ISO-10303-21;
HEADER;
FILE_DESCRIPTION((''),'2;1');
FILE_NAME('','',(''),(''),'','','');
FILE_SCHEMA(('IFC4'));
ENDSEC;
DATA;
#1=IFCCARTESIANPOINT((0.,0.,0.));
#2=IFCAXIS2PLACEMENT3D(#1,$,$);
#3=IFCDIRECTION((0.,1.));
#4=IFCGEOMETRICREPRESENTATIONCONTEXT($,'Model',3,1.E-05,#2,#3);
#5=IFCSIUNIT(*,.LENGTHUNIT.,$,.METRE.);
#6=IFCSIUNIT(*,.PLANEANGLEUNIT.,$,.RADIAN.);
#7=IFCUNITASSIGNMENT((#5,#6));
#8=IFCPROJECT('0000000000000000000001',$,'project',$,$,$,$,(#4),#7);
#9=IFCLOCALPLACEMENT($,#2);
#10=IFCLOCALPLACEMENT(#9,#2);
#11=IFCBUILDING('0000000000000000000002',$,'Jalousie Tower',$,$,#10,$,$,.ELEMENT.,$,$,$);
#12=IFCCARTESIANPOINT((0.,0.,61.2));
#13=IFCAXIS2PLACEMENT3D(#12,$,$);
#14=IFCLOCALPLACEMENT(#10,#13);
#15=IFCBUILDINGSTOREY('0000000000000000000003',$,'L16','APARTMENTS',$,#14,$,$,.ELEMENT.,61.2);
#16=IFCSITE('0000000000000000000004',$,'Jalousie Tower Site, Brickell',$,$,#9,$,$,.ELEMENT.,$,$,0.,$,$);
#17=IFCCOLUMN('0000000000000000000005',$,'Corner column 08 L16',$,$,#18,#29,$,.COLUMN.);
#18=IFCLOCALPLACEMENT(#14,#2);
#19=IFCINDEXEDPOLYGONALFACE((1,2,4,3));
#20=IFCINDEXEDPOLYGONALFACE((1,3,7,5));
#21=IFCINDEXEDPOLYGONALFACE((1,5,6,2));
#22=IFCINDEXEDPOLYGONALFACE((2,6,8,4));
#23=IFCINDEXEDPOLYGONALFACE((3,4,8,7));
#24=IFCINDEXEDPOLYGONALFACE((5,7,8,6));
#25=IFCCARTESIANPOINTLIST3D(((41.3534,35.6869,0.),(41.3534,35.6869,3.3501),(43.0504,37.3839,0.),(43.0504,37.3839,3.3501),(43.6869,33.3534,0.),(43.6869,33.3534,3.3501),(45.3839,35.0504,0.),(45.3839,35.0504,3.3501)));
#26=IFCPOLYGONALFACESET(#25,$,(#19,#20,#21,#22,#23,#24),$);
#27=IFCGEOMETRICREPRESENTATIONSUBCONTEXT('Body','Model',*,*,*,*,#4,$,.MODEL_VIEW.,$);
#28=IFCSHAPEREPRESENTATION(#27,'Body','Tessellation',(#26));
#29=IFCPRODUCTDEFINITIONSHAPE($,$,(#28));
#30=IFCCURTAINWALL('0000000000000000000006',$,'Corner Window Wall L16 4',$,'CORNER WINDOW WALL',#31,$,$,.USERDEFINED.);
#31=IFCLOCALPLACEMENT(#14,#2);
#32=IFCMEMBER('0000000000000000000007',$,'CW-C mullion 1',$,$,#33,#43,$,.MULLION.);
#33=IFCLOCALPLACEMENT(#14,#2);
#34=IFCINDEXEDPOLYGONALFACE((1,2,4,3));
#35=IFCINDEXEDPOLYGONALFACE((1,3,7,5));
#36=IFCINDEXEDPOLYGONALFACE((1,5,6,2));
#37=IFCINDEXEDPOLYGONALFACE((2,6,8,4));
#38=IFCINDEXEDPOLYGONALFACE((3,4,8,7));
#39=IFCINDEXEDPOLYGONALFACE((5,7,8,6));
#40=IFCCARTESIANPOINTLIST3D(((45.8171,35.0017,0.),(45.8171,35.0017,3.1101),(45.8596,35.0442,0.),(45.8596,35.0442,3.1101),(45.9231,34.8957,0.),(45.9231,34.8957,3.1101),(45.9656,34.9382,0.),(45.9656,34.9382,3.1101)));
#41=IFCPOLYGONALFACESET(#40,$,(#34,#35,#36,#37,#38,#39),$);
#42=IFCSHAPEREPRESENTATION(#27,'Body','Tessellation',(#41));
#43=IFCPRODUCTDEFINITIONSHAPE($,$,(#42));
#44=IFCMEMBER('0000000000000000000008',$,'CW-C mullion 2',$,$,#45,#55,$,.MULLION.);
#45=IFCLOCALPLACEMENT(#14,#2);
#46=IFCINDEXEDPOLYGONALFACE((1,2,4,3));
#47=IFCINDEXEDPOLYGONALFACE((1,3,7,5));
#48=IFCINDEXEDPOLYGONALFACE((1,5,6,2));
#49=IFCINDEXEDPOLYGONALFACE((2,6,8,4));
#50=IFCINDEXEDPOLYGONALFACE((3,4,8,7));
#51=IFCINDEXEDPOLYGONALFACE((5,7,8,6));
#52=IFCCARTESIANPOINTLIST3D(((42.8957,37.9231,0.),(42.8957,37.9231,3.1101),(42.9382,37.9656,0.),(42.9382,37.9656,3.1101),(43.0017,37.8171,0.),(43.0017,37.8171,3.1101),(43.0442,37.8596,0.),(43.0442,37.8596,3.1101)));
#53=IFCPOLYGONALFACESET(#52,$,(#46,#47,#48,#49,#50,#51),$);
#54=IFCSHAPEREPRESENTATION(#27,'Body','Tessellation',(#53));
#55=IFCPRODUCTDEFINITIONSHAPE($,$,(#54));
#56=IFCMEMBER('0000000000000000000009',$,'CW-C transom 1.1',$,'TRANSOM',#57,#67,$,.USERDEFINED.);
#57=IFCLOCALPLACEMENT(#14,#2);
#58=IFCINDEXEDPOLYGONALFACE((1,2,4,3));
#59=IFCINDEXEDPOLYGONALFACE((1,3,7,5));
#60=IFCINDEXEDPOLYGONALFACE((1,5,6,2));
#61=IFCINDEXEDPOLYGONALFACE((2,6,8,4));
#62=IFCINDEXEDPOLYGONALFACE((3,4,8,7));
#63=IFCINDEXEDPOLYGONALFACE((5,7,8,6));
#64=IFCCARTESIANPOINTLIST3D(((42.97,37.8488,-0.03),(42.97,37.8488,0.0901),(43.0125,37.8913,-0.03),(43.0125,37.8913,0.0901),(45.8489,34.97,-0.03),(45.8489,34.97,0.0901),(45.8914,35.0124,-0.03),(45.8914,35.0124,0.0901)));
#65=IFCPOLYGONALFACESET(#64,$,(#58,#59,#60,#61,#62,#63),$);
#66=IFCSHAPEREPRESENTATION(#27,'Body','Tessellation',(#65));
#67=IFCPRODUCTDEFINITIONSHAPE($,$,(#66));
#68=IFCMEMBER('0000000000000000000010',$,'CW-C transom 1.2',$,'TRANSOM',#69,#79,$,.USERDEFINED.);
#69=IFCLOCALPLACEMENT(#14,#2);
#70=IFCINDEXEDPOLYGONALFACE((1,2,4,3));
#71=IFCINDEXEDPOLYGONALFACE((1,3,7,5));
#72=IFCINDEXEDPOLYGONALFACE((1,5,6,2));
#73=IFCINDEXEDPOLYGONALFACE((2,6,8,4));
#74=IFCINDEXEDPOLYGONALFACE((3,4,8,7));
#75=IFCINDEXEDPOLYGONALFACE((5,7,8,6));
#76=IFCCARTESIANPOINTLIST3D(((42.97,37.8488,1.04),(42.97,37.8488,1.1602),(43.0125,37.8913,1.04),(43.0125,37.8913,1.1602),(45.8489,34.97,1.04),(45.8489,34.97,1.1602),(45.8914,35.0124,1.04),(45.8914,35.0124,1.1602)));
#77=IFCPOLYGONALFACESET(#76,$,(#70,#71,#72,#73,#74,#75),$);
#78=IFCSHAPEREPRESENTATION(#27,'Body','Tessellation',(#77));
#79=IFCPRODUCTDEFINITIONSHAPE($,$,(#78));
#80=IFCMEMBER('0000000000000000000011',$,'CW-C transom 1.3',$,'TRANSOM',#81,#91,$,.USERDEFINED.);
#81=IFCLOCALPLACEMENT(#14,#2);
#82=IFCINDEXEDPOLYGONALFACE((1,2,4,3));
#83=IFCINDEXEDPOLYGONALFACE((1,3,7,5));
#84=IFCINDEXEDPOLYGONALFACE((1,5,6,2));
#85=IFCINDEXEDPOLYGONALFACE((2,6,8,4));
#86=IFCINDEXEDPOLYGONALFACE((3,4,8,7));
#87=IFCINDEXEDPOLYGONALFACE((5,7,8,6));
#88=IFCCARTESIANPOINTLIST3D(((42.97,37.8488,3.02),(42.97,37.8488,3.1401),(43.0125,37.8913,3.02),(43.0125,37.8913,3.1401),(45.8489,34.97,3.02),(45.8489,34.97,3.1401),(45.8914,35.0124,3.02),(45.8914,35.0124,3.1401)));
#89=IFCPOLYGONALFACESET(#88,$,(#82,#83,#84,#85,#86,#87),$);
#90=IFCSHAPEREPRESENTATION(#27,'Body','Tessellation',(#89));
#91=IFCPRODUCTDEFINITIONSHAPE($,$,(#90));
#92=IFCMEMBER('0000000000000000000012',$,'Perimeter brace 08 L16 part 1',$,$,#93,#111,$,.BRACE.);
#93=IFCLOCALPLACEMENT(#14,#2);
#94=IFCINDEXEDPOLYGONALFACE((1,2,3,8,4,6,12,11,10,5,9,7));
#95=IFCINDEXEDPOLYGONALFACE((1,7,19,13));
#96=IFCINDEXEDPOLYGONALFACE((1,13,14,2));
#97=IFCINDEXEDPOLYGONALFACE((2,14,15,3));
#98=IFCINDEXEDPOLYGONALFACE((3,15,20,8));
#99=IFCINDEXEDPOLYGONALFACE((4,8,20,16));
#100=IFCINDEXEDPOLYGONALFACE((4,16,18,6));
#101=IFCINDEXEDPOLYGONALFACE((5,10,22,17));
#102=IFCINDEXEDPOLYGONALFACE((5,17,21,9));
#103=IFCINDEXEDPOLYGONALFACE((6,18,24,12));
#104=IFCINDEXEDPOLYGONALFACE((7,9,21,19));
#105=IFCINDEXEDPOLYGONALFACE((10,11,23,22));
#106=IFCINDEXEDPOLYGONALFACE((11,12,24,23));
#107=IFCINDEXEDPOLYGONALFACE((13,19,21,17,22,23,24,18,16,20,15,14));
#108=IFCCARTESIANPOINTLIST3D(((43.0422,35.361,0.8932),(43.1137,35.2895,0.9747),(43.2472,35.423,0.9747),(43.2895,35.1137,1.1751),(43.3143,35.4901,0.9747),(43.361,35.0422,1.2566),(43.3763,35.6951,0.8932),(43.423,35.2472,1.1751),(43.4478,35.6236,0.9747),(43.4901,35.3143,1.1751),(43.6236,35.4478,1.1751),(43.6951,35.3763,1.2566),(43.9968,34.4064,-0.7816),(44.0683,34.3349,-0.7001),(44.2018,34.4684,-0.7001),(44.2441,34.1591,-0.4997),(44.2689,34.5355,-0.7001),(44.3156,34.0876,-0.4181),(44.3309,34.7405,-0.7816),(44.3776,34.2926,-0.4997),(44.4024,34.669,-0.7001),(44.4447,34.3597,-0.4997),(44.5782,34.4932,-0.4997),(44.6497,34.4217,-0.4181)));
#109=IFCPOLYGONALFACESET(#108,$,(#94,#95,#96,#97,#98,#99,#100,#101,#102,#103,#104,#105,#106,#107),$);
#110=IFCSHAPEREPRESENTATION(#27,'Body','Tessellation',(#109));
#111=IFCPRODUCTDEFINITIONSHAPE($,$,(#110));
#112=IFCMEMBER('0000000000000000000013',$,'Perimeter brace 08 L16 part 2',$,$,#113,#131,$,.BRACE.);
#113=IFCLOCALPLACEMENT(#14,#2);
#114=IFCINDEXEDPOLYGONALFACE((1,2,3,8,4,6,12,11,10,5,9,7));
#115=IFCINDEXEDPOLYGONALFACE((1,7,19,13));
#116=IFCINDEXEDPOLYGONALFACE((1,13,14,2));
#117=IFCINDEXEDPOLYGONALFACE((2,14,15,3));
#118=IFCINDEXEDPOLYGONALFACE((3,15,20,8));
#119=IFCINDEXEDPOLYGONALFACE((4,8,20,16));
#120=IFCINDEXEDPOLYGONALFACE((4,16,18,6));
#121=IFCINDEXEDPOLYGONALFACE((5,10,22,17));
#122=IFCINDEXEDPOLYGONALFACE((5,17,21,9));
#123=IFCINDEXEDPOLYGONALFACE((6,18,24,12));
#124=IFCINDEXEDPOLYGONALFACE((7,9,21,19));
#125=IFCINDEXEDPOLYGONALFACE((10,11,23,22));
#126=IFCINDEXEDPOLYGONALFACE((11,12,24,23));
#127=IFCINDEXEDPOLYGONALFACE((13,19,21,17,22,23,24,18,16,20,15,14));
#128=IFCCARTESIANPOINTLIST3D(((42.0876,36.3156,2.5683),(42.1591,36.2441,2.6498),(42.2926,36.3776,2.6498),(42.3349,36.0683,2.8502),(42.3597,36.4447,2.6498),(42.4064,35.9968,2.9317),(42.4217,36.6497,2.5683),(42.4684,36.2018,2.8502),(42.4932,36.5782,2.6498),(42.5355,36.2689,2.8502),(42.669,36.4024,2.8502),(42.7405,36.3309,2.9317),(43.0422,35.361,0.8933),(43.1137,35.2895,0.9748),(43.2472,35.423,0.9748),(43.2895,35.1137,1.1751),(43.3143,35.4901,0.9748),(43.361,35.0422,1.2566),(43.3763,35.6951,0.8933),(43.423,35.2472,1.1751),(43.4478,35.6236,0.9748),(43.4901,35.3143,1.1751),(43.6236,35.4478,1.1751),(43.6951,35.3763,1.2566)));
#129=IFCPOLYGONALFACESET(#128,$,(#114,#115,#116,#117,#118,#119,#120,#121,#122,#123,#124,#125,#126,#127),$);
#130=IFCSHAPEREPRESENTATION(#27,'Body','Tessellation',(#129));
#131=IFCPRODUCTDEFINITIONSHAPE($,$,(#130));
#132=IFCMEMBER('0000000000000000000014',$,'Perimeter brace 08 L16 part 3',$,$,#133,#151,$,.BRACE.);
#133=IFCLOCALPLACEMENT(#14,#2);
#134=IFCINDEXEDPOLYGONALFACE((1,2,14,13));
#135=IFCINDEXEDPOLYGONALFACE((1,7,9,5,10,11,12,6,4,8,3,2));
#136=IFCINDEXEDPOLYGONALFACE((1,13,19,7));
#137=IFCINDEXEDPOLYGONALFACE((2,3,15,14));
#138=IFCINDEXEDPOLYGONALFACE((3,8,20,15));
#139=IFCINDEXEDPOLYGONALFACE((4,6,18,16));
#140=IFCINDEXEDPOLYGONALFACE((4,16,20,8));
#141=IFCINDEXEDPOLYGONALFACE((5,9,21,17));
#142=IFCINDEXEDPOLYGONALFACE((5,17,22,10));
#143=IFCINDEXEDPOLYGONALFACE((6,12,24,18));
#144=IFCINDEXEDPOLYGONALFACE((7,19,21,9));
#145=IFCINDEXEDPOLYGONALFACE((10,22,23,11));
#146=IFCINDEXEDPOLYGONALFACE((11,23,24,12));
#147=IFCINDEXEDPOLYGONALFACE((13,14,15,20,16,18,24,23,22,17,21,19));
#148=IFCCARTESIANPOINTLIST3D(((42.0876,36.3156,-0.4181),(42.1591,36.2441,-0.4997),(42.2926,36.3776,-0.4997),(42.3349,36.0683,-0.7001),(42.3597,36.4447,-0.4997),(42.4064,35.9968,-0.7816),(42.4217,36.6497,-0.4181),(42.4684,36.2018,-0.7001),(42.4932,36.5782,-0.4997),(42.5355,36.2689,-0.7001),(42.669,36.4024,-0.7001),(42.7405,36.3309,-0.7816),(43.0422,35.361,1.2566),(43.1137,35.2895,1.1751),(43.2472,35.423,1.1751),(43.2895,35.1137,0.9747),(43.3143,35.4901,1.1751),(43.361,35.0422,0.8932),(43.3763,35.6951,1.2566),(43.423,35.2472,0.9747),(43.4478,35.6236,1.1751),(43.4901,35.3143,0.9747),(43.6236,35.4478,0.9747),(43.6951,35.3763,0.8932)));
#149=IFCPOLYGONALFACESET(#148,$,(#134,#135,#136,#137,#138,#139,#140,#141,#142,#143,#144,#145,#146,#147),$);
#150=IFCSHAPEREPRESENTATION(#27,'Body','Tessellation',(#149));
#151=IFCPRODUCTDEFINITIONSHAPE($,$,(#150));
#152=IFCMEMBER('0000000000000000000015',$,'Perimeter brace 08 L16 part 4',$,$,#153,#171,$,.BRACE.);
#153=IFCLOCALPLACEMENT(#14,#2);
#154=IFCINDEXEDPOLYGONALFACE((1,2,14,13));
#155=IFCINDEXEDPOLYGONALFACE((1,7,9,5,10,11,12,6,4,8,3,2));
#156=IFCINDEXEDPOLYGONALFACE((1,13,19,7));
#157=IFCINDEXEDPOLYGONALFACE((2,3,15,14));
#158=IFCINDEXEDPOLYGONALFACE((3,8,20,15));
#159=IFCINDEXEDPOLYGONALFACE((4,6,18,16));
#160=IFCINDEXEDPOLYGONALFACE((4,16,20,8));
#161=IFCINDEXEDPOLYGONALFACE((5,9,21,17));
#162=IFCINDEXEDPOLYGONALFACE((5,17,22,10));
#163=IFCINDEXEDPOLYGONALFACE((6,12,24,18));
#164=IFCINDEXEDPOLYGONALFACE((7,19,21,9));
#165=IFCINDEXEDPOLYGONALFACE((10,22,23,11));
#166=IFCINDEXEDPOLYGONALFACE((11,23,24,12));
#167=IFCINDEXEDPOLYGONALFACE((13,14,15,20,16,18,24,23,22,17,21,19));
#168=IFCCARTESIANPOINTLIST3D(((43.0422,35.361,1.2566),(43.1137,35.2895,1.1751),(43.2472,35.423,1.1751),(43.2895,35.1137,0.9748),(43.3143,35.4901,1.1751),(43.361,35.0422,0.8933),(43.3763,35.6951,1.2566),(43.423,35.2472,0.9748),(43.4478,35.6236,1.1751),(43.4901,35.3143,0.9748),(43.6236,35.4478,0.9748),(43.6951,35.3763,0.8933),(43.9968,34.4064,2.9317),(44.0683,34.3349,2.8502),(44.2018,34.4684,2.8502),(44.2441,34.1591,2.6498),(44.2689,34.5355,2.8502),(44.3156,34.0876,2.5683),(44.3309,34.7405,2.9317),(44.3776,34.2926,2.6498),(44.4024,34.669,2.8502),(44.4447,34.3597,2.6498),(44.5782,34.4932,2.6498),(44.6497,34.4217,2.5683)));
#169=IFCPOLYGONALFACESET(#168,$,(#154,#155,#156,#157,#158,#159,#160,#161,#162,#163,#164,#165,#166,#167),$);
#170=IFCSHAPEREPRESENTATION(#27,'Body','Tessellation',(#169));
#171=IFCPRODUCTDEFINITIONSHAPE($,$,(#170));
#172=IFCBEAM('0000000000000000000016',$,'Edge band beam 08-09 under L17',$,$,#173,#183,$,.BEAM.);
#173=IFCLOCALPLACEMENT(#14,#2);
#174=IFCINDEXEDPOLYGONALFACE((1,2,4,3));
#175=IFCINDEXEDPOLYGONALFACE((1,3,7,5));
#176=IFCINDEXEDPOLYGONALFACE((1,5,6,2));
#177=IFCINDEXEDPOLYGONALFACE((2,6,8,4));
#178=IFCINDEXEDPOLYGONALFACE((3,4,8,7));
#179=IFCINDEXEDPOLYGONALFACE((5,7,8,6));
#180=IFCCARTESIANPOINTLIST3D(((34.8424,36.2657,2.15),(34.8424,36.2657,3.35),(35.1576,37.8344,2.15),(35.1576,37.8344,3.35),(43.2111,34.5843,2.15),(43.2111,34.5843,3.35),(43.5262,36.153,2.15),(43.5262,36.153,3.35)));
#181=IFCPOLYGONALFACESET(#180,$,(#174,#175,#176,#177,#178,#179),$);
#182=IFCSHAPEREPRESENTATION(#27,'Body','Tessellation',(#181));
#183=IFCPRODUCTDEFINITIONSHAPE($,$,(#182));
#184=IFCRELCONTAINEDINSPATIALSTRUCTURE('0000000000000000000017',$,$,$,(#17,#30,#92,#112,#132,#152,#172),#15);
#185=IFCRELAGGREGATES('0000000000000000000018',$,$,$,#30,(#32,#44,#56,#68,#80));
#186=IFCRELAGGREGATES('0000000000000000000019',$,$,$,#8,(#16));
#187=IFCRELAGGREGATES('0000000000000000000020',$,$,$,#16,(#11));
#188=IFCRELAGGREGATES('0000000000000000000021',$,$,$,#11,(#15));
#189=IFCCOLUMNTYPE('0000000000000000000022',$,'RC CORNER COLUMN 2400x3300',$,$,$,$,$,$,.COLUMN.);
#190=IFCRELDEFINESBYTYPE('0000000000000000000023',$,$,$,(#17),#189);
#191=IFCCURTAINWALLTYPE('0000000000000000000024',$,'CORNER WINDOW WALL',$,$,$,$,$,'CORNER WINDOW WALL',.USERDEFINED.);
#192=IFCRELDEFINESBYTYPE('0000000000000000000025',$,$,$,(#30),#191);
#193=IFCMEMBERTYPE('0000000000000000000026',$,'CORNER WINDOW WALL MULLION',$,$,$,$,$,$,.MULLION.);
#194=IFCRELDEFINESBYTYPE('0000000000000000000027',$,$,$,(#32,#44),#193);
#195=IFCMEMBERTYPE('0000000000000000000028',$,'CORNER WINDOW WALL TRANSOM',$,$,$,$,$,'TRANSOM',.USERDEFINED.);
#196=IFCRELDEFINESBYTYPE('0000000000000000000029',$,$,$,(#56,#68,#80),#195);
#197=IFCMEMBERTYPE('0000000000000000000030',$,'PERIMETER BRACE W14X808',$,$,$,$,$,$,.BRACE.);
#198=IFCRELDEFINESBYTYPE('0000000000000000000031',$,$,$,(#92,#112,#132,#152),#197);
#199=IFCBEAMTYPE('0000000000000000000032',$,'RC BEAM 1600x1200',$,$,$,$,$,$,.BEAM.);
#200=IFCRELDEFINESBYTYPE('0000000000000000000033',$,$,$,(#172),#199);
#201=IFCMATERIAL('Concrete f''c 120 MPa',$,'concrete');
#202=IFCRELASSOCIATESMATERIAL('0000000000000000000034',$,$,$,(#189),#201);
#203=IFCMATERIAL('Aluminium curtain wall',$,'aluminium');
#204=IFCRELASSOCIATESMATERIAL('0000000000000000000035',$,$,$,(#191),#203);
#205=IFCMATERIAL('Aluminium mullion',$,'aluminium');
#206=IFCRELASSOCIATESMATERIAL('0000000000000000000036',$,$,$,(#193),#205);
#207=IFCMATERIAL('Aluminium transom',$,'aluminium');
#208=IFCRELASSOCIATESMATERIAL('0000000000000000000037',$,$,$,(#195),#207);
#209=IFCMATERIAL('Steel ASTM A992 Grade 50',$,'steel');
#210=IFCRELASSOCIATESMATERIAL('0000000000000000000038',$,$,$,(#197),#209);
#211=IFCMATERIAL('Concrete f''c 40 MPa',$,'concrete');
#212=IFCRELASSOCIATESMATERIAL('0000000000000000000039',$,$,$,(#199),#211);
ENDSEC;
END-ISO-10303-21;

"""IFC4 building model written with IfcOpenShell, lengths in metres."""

from ifc_helpers import new_model, si_unit, direction, frame, origin, origin_2d, place, context, subcontext, project, spatial, rectangle, i_section, extrude, material, material_profile, profile_set, type_object, element, aggregate, save


model = new_model("IFC4")

# Units and contexts
model_context = context("Model", 3, precision=1e-05, world=origin(), true_north=direction((0.0, 1.0)))
body_context = subcontext(model_context, "Body", "Model", "MODEL_VIEW")
ifc_project = project(units=[si_unit("LENGTHUNIT", "METRE"), si_unit("PLANEANGLEUNIT", "RADIAN")], contexts=[model_context])

# Site, building, storey
site_placement = place(None, origin())
site = spatial("IfcSite", under=ifc_project, at=site_placement, Name="Jalousie Tower Site, Brickell", CompositionType="ELEMENT", RefElevation=0.0)
building_placement = place(site_placement, origin())
building = spatial("IfcBuilding", under=site, at=building_placement, Name="Jalousie Tower", CompositionType="ELEMENT")
storey_placement = place(building_placement, frame((0.0, 0.0, 61.2)))
storey = spatial("IfcBuildingStorey", under=building, at=storey_placement, Name="L16", Description="APARTMENTS", CompositionType="ELEMENT", Elevation=61.2)

# Column
ifc_material_1 = material(Name="Concrete f'c 120 MPa", Category="concrete")
ifc_material_profile_1 = material_profile(ifc_material_1, rectangle(XDim=2.3999, YDim=3.3, at=origin_2d()), Name="RC 2400x3300")
ifc_profile_set_1 = profile_set([ifc_material_profile_1], Name="Concrete f'c 120 MPa")
column_type = type_object("IfcColumnType", Name="RC CORNER COLUMN 2400x3300", PredefinedType="COLUMN", material=ifc_profile_set_1)
column_placement = place(storey_placement, frame((43.3687, 35.3687, 0.0), z_axis=(0.0, 0.0, 1.0), x_axis=(-0.707107, -0.707107, 0.0)))
element("IfcColumn", 1, at=column_placement, inside=storey, type_object=column_type, Name="Corner column 08 L16", PredefinedType="COLUMN", context=body_context, shape_type="SweptSolid", body=[
    extrude(rectangle(XDim=2.3999, YDim=3.3, at=origin_2d()), origin(), (0.0, 0.0, 1.0), 3.3501),
])

# Curtain wall, members
ifc_material_2 = material(Name="Aluminium curtain wall", Category="aluminium")
curtain_wall_type_1 = type_object("IfcCurtainWallType", Name="CORNER WINDOW WALL", ElementType="CORNER WINDOW WALL", PredefinedType="USERDEFINED", material=ifc_material_2)
curtain_wall_1_placement = place(storey_placement, origin())
curtain_wall_1 = element("IfcCurtainWall", 2, at=curtain_wall_1_placement, inside=storey, type_object=curtain_wall_type_1, Name="Corner Window Wall L16 4", ObjectType="CORNER WINDOW WALL", PredefinedType="USERDEFINED")
ifc_material_3 = material(Name="Aluminium mullion", Category="aluminium")
ifc_material_profile_2 = material_profile(ifc_material_3, rectangle(XDim=0.0601, YDim=0.1499, at=origin_2d()), Name="MULLION 60x150")
ifc_profile_set_2 = profile_set([ifc_material_profile_2], Name="Aluminium mullion")
member_type_1 = type_object("IfcMemberType", Name="CORNER WINDOW WALL MULLION", PredefinedType="MULLION", material=ifc_profile_set_2)
member_1_placement = place(storey_placement, frame((45.8914, 34.97, 0.0), z_axis=(0.0, 0.0, 1.0), x_axis=(-0.707107, -0.707107, 0.0)))
member_1 = element("IfcMember", 3, at=member_1_placement, type_object=member_type_1, Name="CW-C mullion 1", PredefinedType="MULLION", context=body_context, shape_type="SweptSolid", body=[
    extrude(rectangle(XDim=0.0601, YDim=0.1499, at=origin_2d()), origin(), (0.0, 0.0, 1.0), 3.1101),
])
member_2_placement = place(storey_placement, frame((42.97, 37.8914, 0.0), z_axis=(0.0, 0.0, 1.0), x_axis=(-0.707107, -0.707107, 0.0)))
member_2 = element("IfcMember", 4, at=member_2_placement, type_object=member_type_1, Name="CW-C mullion 2", PredefinedType="MULLION", context=body_context, shape_type="SweptSolid", body=[
    extrude(rectangle(XDim=0.0601, YDim=0.1499, at=origin_2d()), origin(), (0.0, 0.0, 1.0), 3.1101),
])
ifc_material_4 = material(Name="Aluminium transom", Category="aluminium")
ifc_material_profile_3 = material_profile(ifc_material_4, rectangle(XDim=0.0601, YDim=0.1201, at=origin_2d()), Name="TRANSOM 60x120")
ifc_profile_set_3 = profile_set([ifc_material_profile_3], Name="Aluminium transom")
member_type_2 = type_object("IfcMemberType", Name="CORNER WINDOW WALL TRANSOM", ElementType="TRANSOM", PredefinedType="USERDEFINED", material=ifc_profile_set_3)
member_3_placement = place(storey_placement, frame((45.8701, 34.9912, 0.03), z_axis=(-0.707107, 0.707107, 0.0), x_axis=(-0.707107, -0.707107, 0.0)))
member_3 = element("IfcMember", 5, at=member_3_placement, type_object=member_type_2, Name="CW-C transom 1.1", ObjectType="TRANSOM", PredefinedType="USERDEFINED", context=body_context, shape_type="SweptSolid", body=[
    extrude(rectangle(XDim=0.0601, YDim=0.1201, at=origin_2d()), origin(), (0.0, 0.0, 1.0), 4.0713),
])
member_4_placement = place(storey_placement, frame((45.8701, 34.9912, 1.1001), z_axis=(-0.707107, 0.707107, 0.0), x_axis=(-0.707107, -0.707107, 0.0)))
member_4 = element("IfcMember", 6, at=member_4_placement, type_object=member_type_2, Name="CW-C transom 1.2", ObjectType="TRANSOM", PredefinedType="USERDEFINED", context=body_context, shape_type="SweptSolid", body=[
    extrude(rectangle(XDim=0.0601, YDim=0.1201, at=origin_2d()), origin(), (0.0, 0.0, 1.0), 4.0713),
])
member_5_placement = place(storey_placement, frame((45.8701, 34.9912, 3.0801), z_axis=(-0.707107, 0.707107, 0.0), x_axis=(-0.707107, -0.707107, 0.0)))
member_5 = element("IfcMember", 7, at=member_5_placement, type_object=member_type_2, Name="CW-C transom 1.3", ObjectType="TRANSOM", PredefinedType="USERDEFINED", context=body_context, shape_type="SweptSolid", body=[
    extrude(rectangle(XDim=0.0601, YDim=0.1201, at=origin_2d()), origin(), (0.0, 0.0, 1.0), 4.0713),
])

# Members
ifc_material_5 = material(Name="Steel ASTM A992 Grade 50", Category="steel")
ifc_material_profile_4 = material_profile(ifc_material_5, i_section(OverallWidth=0.4724, OverallDepth=0.5791, WebThickness=0.095, FlangeThickness=0.1299, at=origin_2d()), Name="W14X808")
ifc_profile_set_4 = profile_set([ifc_material_profile_4], Name="Steel ASTM A992 Grade 50")
member_type_3 = type_object("IfcMemberType", Name="PERIMETER BRACE W14X808", PredefinedType="BRACE", material=ifc_profile_set_4)
member_6_placement = place(storey_placement, frame((44.3232, 34.4141, -0.5999), z_axis=(-0.443758, 0.443758, 0.778562), x_axis=(-0.707107, -0.707107, 0.0)))
element("IfcMember", 8, at=member_6_placement, inside=storey, type_object=member_type_3, Name="Perimeter brace 08 L16 part 1", PredefinedType="BRACE", context=body_context, shape_type="SweptSolid", body=[
    extrude(i_section(OverallWidth=0.4724, OverallDepth=0.5791, WebThickness=0.095, FlangeThickness=0.1299, at=origin_2d()), origin(), (0.0, 0.0, 1.0), 2.1511),
])
member_7_placement = place(storey_placement, frame((43.3687, 35.3687, 1.075), z_axis=(-0.443718, 0.443718, 0.778607), x_axis=(-0.707107, -0.707107, 0.0)))
element("IfcMember", 9, at=member_7_placement, inside=storey, type_object=member_type_3, Name="Perimeter brace 08 L16 part 2", PredefinedType="BRACE", context=body_context, shape_type="SweptSolid", body=[
    extrude(i_section(OverallWidth=0.4724, OverallDepth=0.5791, WebThickness=0.095, FlangeThickness=0.1299, at=origin_2d()), origin(), (0.0, 0.0, 1.0), 2.1514),
])
member_8_placement = place(storey_placement, frame((42.4141, 36.3232, -0.5999), z_axis=(0.443758, -0.443758, 0.778562), x_axis=(0.707107, 0.707107, 0.0)))
element("IfcMember", 10, at=member_8_placement, inside=storey, type_object=member_type_3, Name="Perimeter brace 08 L16 part 3", PredefinedType="BRACE", context=body_context, shape_type="SweptSolid", body=[
    extrude(i_section(OverallWidth=0.4724, OverallDepth=0.5791, WebThickness=0.095, FlangeThickness=0.1299, at=origin_2d()), origin(), (0.0, 0.0, 1.0), 2.1511),
])
member_9_placement = place(storey_placement, frame((43.3687, 35.3687, 1.075), z_axis=(0.443718, -0.443718, 0.778607), x_axis=(0.707107, 0.707107, 0.0)))
element("IfcMember", 11, at=member_9_placement, inside=storey, type_object=member_type_3, Name="Perimeter brace 08 L16 part 4", PredefinedType="BRACE", context=body_context, shape_type="SweptSolid", body=[
    extrude(i_section(OverallWidth=0.4724, OverallDepth=0.5791, WebThickness=0.095, FlangeThickness=0.1299, at=origin_2d()), origin(), (0.0, 0.0, 1.0), 2.1514),
])

# Beam
ifc_material_6 = material(Name="Concrete f'c 40 MPa", Category="concrete")
ifc_material_profile_5 = material_profile(ifc_material_6, rectangle(XDim=1.6001, YDim=1.2, at=origin_2d()), Name="RC 1600x1200")
ifc_profile_set_5 = profile_set([ifc_material_profile_5], Name="Concrete f'c 40 MPa")
beam_type_1 = type_object("IfcBeamType", Name="RC BEAM 1600x1200", PredefinedType="BEAM", material=ifc_profile_set_5)
beam_1_placement = place(storey_placement, frame((43.3687, 35.3687, 2.75), z_axis=(-0.980408, 0.19698, 0.0), x_axis=(-0.19698, -0.980408, 0.0)))
element("IfcBeam", 12, at=beam_1_placement, inside=storey, type_object=beam_type_1, Name="Edge band beam 08-09 under L17", PredefinedType="BEAM", context=body_context, shape_type="SweptSolid", body=[
    extrude(rectangle(XDim=1.6001, YDim=1.2, at=origin_2d()), origin(), (0.0, 0.0, 1.0), 8.5359),
])

aggregate(curtain_wall_1, [member_1, member_2, member_3, member_4, member_5])

save(model, "model.ifc")
